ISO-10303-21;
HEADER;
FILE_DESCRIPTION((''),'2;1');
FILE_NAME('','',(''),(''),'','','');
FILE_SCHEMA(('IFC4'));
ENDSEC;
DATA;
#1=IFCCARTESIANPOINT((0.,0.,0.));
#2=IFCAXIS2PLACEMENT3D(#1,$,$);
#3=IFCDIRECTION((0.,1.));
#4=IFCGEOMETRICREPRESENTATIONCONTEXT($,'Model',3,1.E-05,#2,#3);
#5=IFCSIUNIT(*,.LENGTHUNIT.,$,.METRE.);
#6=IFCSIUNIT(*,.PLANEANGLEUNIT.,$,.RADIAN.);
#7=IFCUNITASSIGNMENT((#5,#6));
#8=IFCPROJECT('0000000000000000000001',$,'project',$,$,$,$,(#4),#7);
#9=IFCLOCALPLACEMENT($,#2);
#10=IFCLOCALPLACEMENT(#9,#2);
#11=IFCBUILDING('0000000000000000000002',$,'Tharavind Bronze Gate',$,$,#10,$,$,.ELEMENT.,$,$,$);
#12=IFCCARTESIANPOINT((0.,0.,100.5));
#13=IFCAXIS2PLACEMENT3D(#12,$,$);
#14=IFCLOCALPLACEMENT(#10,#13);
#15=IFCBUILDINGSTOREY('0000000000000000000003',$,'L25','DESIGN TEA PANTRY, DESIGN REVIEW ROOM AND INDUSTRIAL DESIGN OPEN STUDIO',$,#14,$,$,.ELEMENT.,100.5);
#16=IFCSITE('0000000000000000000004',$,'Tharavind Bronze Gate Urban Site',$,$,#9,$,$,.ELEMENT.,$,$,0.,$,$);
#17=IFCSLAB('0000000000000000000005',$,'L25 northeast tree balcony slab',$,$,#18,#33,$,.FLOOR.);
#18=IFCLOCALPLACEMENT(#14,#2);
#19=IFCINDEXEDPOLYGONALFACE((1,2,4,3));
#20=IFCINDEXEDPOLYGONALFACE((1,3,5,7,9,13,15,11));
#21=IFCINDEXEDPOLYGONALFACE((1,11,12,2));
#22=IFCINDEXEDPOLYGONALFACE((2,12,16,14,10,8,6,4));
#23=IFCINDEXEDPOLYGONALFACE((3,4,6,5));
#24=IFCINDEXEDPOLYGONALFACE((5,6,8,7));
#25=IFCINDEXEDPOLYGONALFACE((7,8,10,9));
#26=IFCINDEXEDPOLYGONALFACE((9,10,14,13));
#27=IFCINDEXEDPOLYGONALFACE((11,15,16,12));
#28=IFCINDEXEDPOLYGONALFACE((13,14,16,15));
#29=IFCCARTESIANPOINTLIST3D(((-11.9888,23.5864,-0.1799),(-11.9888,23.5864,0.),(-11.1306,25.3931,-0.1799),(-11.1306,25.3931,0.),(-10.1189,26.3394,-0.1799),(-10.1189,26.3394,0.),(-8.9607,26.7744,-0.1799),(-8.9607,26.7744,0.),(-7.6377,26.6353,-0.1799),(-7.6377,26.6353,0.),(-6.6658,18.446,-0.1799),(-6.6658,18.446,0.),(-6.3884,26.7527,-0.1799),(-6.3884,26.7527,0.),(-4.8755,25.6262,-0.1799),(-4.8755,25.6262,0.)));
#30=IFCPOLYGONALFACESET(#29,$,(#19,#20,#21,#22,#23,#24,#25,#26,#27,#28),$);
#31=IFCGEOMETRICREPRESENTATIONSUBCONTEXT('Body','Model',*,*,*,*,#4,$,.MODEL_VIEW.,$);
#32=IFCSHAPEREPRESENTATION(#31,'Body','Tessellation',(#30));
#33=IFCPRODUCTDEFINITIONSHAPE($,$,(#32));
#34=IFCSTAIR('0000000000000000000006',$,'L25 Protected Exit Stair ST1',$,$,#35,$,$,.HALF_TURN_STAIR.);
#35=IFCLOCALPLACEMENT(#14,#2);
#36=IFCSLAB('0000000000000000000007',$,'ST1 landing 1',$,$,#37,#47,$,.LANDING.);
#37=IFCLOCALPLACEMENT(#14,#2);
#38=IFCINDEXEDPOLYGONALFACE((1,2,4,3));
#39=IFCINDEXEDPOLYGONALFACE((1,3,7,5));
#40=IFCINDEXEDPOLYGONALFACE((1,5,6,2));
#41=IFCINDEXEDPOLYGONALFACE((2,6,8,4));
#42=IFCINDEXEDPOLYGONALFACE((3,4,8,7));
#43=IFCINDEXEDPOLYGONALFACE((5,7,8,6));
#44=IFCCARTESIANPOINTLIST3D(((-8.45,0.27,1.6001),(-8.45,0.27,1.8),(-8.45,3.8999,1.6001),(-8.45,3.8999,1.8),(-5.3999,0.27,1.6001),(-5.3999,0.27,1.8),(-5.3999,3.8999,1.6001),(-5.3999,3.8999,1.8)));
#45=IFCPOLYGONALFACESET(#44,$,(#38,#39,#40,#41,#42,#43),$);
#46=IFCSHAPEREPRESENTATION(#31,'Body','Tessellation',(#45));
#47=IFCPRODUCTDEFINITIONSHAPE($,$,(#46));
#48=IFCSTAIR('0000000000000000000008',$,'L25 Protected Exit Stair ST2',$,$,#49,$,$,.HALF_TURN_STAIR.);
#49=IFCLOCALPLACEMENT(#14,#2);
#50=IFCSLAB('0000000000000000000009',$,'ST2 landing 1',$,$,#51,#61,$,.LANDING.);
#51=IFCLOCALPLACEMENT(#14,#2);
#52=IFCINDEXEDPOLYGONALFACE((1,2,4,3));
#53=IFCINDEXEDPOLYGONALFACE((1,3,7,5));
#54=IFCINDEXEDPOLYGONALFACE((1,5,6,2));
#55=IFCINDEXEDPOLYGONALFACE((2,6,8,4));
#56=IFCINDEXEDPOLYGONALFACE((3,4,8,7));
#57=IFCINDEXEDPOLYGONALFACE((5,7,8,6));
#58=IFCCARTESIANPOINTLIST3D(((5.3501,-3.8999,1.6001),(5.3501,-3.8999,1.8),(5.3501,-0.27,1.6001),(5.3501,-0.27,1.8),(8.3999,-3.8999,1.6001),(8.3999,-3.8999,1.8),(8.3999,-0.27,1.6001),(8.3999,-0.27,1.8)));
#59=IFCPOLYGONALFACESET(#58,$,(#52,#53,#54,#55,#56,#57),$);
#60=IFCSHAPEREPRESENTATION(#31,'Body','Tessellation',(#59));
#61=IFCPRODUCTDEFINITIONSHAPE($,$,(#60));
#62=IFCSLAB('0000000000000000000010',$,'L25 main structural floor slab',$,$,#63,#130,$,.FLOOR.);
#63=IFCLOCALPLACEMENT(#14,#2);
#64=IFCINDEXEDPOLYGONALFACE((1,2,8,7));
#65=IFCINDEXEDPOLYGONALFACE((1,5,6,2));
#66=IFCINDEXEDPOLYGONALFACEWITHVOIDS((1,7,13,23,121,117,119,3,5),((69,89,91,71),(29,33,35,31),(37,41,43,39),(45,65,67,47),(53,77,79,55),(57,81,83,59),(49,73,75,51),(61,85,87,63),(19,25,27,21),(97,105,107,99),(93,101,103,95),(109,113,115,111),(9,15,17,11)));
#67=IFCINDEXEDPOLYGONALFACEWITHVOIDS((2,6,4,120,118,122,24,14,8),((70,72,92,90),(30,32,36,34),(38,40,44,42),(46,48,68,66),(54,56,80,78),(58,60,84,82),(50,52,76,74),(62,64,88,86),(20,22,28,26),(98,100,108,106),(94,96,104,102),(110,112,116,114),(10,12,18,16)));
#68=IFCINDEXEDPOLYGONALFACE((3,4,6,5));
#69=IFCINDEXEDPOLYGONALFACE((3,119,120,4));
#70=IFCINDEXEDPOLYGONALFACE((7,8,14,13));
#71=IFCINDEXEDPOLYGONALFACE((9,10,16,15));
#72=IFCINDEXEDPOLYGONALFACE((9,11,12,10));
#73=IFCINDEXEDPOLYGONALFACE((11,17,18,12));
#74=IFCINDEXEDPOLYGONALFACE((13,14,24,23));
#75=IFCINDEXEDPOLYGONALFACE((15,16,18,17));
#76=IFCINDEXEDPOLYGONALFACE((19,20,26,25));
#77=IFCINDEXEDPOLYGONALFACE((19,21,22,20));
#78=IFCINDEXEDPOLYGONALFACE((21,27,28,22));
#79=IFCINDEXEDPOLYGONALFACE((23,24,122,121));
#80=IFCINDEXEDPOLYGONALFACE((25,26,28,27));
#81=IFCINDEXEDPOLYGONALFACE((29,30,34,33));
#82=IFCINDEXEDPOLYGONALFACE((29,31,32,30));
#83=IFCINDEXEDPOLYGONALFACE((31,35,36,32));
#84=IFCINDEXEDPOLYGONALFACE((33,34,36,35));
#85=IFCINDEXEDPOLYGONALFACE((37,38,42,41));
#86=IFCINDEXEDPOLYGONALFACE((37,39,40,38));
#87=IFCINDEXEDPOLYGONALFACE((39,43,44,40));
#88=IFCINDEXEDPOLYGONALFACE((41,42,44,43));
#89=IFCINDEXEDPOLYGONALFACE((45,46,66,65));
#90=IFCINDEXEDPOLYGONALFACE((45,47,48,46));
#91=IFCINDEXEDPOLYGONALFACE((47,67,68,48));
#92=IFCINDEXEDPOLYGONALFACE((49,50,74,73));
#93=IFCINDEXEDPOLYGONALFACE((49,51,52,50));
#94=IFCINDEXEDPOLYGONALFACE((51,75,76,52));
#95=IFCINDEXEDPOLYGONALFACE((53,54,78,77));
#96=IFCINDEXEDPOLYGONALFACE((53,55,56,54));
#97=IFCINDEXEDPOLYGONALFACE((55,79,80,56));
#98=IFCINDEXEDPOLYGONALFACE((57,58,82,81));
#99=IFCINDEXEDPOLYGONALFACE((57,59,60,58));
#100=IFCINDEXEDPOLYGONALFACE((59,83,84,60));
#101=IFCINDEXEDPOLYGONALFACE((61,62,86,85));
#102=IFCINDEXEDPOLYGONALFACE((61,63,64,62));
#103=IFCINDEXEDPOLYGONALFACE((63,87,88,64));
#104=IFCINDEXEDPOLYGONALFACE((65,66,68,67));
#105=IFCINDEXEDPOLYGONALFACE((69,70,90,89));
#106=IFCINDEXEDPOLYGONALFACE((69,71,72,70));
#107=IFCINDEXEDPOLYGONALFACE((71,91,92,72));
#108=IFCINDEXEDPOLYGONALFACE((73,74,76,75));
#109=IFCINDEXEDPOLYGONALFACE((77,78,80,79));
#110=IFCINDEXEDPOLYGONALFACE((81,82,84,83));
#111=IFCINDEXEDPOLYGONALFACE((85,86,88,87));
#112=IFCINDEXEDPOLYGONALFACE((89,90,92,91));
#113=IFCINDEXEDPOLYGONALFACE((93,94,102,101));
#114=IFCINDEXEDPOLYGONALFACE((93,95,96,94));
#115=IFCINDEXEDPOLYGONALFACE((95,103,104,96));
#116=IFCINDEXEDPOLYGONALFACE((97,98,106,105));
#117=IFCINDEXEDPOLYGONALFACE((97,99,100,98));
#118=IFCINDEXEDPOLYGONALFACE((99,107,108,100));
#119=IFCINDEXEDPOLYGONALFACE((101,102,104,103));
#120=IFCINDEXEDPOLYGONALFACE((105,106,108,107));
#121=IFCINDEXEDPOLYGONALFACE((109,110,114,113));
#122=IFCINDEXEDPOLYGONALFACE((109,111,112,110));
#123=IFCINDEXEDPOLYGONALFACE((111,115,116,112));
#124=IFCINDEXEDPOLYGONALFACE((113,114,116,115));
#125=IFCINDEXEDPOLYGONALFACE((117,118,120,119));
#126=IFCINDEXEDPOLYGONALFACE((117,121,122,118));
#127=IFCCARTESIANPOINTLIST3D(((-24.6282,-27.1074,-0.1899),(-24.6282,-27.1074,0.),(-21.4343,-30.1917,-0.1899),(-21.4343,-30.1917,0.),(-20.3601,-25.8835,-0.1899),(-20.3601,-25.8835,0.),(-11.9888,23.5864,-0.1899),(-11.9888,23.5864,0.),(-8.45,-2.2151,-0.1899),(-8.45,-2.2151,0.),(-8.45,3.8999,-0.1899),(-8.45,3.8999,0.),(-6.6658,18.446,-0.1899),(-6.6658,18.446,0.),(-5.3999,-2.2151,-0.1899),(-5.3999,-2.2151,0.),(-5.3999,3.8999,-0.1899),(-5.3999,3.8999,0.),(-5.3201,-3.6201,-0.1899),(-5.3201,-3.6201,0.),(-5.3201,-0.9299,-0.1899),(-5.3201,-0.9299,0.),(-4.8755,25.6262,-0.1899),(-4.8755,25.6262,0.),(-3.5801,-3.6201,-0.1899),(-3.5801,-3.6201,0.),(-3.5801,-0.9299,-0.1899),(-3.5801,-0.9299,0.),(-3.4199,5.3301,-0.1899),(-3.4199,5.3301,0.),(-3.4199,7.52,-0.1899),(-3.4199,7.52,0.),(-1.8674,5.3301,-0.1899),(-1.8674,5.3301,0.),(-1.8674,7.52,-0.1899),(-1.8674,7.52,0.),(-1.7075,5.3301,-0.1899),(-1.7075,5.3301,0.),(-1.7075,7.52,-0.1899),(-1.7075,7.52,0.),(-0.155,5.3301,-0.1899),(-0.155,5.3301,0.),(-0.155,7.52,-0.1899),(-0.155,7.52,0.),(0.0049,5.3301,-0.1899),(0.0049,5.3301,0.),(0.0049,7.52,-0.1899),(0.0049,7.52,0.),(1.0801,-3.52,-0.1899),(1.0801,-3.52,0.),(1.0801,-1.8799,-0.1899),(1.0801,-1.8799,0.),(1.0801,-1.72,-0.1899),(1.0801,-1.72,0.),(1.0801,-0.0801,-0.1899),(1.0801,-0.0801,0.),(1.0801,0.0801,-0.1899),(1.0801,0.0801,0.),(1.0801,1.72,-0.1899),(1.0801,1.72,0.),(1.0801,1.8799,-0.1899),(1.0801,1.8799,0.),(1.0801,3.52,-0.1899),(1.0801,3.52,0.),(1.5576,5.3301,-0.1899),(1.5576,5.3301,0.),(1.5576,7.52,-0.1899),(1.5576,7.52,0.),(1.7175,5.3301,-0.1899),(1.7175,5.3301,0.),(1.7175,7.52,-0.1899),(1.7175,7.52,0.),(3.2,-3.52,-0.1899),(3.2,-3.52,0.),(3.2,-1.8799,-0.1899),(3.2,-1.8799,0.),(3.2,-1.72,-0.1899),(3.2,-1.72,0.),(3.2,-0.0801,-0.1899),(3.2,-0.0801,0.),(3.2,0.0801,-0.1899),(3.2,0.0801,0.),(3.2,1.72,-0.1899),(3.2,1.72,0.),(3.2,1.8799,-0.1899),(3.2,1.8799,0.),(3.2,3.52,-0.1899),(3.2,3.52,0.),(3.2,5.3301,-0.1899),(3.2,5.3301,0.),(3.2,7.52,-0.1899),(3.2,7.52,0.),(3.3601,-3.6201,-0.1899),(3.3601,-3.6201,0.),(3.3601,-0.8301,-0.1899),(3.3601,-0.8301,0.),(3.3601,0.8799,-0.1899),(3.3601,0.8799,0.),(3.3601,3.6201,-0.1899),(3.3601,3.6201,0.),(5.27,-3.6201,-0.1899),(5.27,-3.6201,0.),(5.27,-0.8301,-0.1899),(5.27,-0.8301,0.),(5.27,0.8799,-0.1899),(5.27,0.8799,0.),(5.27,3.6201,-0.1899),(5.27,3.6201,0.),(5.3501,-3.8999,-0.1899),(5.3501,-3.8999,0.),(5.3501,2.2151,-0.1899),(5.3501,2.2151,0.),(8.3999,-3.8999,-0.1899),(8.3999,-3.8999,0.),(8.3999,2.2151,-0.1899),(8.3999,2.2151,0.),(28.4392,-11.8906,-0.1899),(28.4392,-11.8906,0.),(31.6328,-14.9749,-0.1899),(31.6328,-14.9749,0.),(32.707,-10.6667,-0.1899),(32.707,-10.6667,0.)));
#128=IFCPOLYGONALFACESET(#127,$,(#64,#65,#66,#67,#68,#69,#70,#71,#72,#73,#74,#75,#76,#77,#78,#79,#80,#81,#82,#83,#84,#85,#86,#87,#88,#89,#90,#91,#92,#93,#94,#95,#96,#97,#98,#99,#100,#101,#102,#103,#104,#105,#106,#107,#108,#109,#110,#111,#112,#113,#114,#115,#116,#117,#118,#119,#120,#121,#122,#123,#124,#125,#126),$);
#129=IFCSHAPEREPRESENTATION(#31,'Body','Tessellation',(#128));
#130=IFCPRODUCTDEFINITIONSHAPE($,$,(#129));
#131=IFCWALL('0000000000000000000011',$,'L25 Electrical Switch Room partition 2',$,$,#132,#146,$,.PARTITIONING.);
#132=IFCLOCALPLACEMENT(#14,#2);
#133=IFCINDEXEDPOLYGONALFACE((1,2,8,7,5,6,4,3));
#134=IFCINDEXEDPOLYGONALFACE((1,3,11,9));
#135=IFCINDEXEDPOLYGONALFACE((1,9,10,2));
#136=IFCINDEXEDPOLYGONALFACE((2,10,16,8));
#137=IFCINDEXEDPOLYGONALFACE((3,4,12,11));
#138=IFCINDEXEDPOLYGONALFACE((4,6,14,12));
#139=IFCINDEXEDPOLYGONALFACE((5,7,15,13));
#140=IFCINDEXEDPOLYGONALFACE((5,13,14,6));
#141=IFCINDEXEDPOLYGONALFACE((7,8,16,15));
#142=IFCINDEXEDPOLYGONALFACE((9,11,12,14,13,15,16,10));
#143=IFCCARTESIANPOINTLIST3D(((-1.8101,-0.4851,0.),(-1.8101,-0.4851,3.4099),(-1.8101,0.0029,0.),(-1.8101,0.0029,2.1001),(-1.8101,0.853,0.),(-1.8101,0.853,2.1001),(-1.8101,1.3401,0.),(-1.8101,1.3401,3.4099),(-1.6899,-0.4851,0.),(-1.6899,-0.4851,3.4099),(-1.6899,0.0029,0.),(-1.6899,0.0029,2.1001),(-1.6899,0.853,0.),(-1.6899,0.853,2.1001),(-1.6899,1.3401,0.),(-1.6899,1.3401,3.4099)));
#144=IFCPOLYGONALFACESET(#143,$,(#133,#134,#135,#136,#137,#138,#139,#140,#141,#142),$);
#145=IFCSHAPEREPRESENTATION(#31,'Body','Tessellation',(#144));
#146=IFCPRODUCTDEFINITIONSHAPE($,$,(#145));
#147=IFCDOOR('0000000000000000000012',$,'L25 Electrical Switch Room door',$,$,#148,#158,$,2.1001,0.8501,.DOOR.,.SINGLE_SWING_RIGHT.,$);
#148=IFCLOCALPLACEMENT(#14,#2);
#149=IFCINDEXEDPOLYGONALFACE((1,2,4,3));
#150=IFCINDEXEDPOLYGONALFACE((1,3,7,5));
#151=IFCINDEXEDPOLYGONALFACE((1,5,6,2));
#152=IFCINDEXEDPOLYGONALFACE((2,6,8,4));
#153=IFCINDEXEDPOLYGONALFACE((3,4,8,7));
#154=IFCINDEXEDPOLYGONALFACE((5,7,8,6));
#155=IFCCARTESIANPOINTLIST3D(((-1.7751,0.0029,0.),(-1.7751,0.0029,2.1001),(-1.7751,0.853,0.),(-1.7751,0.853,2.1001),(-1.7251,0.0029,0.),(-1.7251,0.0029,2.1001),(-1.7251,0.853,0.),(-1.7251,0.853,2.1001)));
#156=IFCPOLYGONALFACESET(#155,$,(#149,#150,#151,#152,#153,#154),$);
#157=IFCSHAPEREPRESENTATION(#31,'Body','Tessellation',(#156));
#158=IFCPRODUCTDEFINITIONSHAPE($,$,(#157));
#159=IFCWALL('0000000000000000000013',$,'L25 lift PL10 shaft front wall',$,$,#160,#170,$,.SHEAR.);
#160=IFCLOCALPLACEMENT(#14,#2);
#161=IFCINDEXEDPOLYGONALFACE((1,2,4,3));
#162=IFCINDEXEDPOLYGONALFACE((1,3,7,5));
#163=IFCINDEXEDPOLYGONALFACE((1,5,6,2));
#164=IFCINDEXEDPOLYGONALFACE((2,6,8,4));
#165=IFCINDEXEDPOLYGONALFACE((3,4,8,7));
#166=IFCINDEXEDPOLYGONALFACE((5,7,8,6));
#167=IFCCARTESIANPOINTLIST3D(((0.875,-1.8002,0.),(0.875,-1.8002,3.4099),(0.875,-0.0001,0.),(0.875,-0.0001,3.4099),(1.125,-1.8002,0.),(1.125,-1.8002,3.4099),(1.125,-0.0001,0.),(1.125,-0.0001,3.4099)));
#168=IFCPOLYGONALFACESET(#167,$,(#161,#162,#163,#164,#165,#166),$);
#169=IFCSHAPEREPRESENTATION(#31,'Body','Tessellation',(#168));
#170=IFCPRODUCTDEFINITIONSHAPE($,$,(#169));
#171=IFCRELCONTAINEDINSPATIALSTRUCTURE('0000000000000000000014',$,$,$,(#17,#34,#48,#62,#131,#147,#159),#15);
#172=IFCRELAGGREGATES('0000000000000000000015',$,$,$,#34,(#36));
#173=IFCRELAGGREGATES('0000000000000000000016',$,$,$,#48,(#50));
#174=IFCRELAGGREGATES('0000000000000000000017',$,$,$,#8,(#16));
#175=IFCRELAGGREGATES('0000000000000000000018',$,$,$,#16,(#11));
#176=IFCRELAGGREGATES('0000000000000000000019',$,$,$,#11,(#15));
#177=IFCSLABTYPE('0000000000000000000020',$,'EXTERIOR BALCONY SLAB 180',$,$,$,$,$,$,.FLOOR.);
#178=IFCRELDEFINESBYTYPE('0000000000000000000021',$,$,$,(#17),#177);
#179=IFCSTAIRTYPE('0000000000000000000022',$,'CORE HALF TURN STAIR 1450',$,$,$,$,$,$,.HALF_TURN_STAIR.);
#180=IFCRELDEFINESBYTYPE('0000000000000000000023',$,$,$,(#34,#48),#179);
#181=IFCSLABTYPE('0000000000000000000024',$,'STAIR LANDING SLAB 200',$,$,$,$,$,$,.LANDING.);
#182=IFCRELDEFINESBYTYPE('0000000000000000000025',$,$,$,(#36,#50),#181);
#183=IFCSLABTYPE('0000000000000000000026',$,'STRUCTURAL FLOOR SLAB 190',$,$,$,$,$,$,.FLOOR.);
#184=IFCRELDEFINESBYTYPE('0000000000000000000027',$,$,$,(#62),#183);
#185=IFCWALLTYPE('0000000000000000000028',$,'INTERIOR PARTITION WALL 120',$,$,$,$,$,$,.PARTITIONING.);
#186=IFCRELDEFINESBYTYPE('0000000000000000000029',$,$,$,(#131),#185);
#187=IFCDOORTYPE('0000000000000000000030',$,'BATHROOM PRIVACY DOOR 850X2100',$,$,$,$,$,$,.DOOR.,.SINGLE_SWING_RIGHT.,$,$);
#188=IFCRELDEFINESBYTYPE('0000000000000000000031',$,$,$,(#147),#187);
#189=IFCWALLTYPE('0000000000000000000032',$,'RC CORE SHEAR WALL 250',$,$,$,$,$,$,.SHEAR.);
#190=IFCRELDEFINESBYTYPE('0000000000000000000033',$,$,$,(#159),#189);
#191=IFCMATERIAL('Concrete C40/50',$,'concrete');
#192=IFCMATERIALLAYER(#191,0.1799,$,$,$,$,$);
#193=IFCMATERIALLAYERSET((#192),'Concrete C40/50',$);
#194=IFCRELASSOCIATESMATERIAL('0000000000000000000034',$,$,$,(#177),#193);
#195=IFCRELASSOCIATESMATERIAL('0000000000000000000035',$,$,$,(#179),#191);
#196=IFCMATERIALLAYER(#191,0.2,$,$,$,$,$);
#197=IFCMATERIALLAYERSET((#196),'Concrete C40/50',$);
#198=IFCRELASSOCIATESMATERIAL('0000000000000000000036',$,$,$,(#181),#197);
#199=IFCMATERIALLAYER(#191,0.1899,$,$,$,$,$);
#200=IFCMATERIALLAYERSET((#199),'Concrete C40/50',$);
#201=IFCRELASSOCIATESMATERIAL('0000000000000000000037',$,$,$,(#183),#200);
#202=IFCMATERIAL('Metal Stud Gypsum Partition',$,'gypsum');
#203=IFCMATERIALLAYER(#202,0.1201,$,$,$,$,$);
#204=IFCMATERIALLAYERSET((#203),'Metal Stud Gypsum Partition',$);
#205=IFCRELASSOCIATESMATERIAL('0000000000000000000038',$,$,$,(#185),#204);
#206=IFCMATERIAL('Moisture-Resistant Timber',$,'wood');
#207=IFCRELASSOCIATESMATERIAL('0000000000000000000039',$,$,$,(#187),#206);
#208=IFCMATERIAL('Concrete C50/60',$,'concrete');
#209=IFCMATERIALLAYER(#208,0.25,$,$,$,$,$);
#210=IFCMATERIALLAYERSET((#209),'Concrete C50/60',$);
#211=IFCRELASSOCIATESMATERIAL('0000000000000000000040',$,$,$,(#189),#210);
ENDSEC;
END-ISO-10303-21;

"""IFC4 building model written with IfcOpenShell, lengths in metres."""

from ifc_helpers import new_model, si_unit, direction, frame, frame_2d, origin, place, context, subcontext, project, spatial, polyline, rectangle, outline, extrude, material, layer, layer_set, type_object, element, fill, aggregate, save


model = new_model("IFC4")

# Units and contexts
model_context = context("Model", 3, precision=1e-05, world=origin(), true_north=direction((0.0, 1.0)))
body_context = subcontext(model_context, "Body", "Model", "MODEL_VIEW")
ifc_project = project(units=[si_unit("LENGTHUNIT", "METRE"), si_unit("PLANEANGLEUNIT", "RADIAN")], contexts=[model_context])

# Site, building, storey
site_placement = place(None, origin())
site = spatial("IfcSite", under=ifc_project, at=site_placement, Name="Tharavind Bronze Gate Urban Site", CompositionType="ELEMENT", RefElevation=0.0)
building_placement = place(site_placement, origin())
building = spatial("IfcBuilding", under=site, at=building_placement, Name="Tharavind Bronze Gate", CompositionType="ELEMENT")
storey_placement = place(building_placement, frame((0.0, 0.0, 100.5)))
storey = spatial("IfcBuildingStorey", under=building, at=storey_placement, Name="L25", Description="DESIGN TEA PANTRY, DESIGN REVIEW ROOM AND INDUSTRIAL DESIGN OPEN STUDIO", CompositionType="ELEMENT", Elevation=100.5)

# Slab
ifc_material_1 = material(Name="Concrete C40/50", Category="concrete")
ifc_layer_1 = layer(ifc_material_1, 0.1799)
ifc_layer_set_1 = layer_set([ifc_layer_1], Name="Concrete C40/50")
slab_type_1 = type_object("IfcSlabType", Name="EXTERIOR BALCONY SLAB 180", PredefinedType="FLOOR", material=ifc_layer_set_1)
slab_1_placement = place(storey_placement, frame((0.0, 0.0, -0.1799)))
element("IfcSlab", 1, at=slab_1_placement, inside=storey, type_object=slab_type_1, Name="L25 northeast tree balcony slab", PredefinedType="FLOOR", context=body_context, shape_type="SweptSolid", body=[
    extrude(outline(polyline([(-6.3884, 26.7527), (-7.6377, 26.6353), (-8.9607, 26.7744), (-10.1189, 26.3394), (-11.1306, 25.3931), (-11.9888, 23.5864), (-6.6658, 18.446), (-4.8755, 25.6262), (-6.3884, 26.7527)])), origin(), (0.0, 0.0, 1.0), 0.1799),
])

# Stairs, slabs
stair_type = type_object("IfcStairType", Name="CORE HALF TURN STAIR 1450", PredefinedType="HALF_TURN_STAIR", material=ifc_material_1)
stair_1_placement = place(storey_placement, origin())
stair_1 = element("IfcStair", 2, at=stair_1_placement, inside=storey, type_object=stair_type, Name="L25 Protected Exit Stair ST1", PredefinedType="HALF_TURN_STAIR")
ifc_layer_2 = layer(ifc_material_1, 0.2)
ifc_layer_set_2 = layer_set([ifc_layer_2], Name="Concrete C40/50")
slab_type_2 = type_object("IfcSlabType", Name="STAIR LANDING SLAB 200", PredefinedType="LANDING", material=ifc_layer_set_2)
slab_2_placement = place(storey_placement, frame((0.0, 0.0, 1.6001)))
slab_2 = element("IfcSlab", 3, at=slab_2_placement, type_object=slab_type_2, Name="ST1 landing 1", PredefinedType="LANDING", context=body_context, shape_type="SweptSolid", body=[
    extrude(outline(polyline([(-5.3999, 0.27), (-5.3999, 3.8999), (-8.45, 3.8999), (-8.45, 0.27), (-5.3999, 0.27)])), origin(), (0.0, 0.0, 1.0), 0.2),
])
aggregate(stair_1, [slab_2])
stair_2_placement = place(storey_placement, origin())
stair_2 = element("IfcStair", 4, at=stair_2_placement, inside=storey, type_object=stair_type, Name="L25 Protected Exit Stair ST2", PredefinedType="HALF_TURN_STAIR")
slab_3_placement = place(storey_placement, frame((0.0, 0.0, 1.6001)))
slab_3 = element("IfcSlab", 5, at=slab_3_placement, type_object=slab_type_2, Name="ST2 landing 1", PredefinedType="LANDING", context=body_context, shape_type="SweptSolid", body=[
    extrude(outline(polyline([(5.3501, -0.27), (5.3501, -3.8999), (8.3999, -3.8999), (8.3999, -0.27), (5.3501, -0.27)])), origin(), (0.0, 0.0, 1.0), 0.2),
])
aggregate(stair_2, [slab_3])

# Slab
ifc_layer_3 = layer(ifc_material_1, 0.1899)
ifc_layer_set_3 = layer_set([ifc_layer_3], Name="Concrete C40/50")
slab_type_3 = type_object("IfcSlabType", Name="STRUCTURAL FLOOR SLAB 190", PredefinedType="FLOOR", material=ifc_layer_set_3)
slab_4_placement = place(storey_placement, frame((0.0, 0.0, -0.1899)))
element("IfcSlab", 6, at=slab_4_placement, inside=storey, type_object=slab_type_3, Name="L25 main structural floor slab", PredefinedType="FLOOR", context=body_context, shape_type="SweptSolid", body=[
    extrude(outline(polyline([(-4.8755, 25.6262), (-6.6658, 18.446), (-11.9888, 23.5864), (-24.6282, -27.1074), (-20.3601, -25.8835), (-21.4343, -30.1917), (31.6328, -14.9749), (28.4392, -11.8906), (32.707, -10.6667), (-4.8755, 25.6262)]), holes=[polyline([(-5.3999, -2.2151), (-5.3999, 3.8999), (-8.45, 3.8999), (-8.45, -2.2151), (-5.3999, -2.2151)]), polyline([(5.3501, 2.2151), (5.3501, -3.8999), (8.3999, -3.8999), (8.3999, 2.2151), (5.3501, 2.2151)]), polyline([(-3.4199, 5.3301), (-1.8674, 5.3301), (-1.8674, 7.52), (-3.4199, 7.52), (-3.4199, 5.3301)]), polyline([(-1.7075, 5.3301), (-0.155, 5.3301), (-0.155, 7.52), (-1.7075, 7.52), (-1.7075, 5.3301)]), polyline([(0.0049, 5.3301), (1.5576, 5.3301), (1.5576, 7.52), (0.0049, 7.52), (0.0049, 5.3301)]), polyline([(1.7175, 5.3301), (3.2, 5.3301), (3.2, 7.52), (1.7175, 7.52), (1.7175, 5.3301)]), polyline([(1.0801, -3.52), (3.2, -3.52), (3.2, -1.8799), (1.0801, -1.8799), (1.0801, -3.52)]), polyline([(1.0801, -1.72), (3.2, -1.72), (3.2, -0.0801), (1.0801, -0.0801), (1.0801, -1.72)]), polyline([(1.0801, 0.0801), (3.2, 0.0801), (3.2, 1.72), (1.0801, 1.72), (1.0801, 0.0801)]), polyline([(1.0801, 1.8799), (3.2, 1.8799), (3.2, 3.52), (1.0801, 3.52), (1.0801, 1.8799)]), polyline([(-5.3201, -3.6201), (-3.5801, -3.6201), (-3.5801, -0.9299), (-5.3201, -0.9299), (-5.3201, -3.6201)]), polyline([(3.3601, 0.8799), (5.27, 0.8799), (5.27, 3.6201), (3.3601, 3.6201), (3.3601, 0.8799)]), polyline([(3.3601, -3.6201), (5.27, -3.6201), (5.27, -0.8301), (3.3601, -0.8301), (3.3601, -3.6201)])]), origin(), (0.0, 0.0, 1.0), 0.1899),
])

# Wall, opening, door
ifc_material_2 = material(Name="Metal Stud Gypsum Partition", Category="gypsum")
ifc_layer_4 = layer(ifc_material_2, 0.1201)
ifc_layer_set_4 = layer_set([ifc_layer_4], Name="Metal Stud Gypsum Partition")
wall_type_1 = type_object("IfcWallType", Name="INTERIOR PARTITION WALL 120", PredefinedType="PARTITIONING", material=ifc_layer_set_4)
wall_1_placement = place(storey_placement, frame((-1.75, -0.4851, 0.0), z_axis=(0.0, 0.0, 1.0), x_axis=(0.0, 1.0, 0.0)))
wall_1 = element("IfcWall", 7, at=wall_1_placement, inside=storey, type_object=wall_type_1, Name="L25 Electrical Switch Room partition 2", PredefinedType="PARTITIONING", context=body_context, shape_type="SweptSolid", body=[
    extrude(rectangle(XDim=1.8252, YDim=0.1201, at=frame_2d((0.9126, 0.0))), origin(), (0.0, 0.0, 1.0), 3.4099),
])
opening_placement = place(wall_1_placement, frame((0.488, 0.0, 0.0)))
opening = element("IfcOpeningElement", 8, at=opening_placement, cuts=wall_1, PredefinedType="OPENING", context=body_context, shape_type="SweptSolid", body=[
    extrude(rectangle(XDim=0.8501, YDim=2.1001, at=frame_2d((0.425, 1.05))), frame((0.0, 0.0701, 0.0), z_axis=(0.0, -1.0, 0.0), x_axis=(1.0, 0.0, 0.0)), (0.0, 0.0, 1.0), 0.1401),
])
ifc_material_3 = material(Name="Moisture-Resistant Timber", Category="wood")
door_type = type_object("IfcDoorType", Name="BATHROOM PRIVACY DOOR 850X2100", OperationType="SINGLE_SWING_RIGHT", PredefinedType="DOOR", material=ifc_material_3)
door_placement = place(opening_placement, frame((0.8501, 0.0, 0.0), z_axis=(0.0, 0.0, 1.0), x_axis=(-1.0, 0.0, 0.0)))
door = element("IfcDoor", 9, at=door_placement, inside=storey, type_object=door_type, Name="L25 Electrical Switch Room door", OperationType="SINGLE_SWING_RIGHT", OverallHeight=2.1001, OverallWidth=0.8501, PredefinedType="DOOR", context=body_context, shape_type="SweptSolid", body=[
    extrude(rectangle(XDim=0.8501, YDim=2.1001, at=frame_2d((0.425, 1.05))), frame((0.0, 0.0249, 0.0), z_axis=(0.0, -1.0, 0.0), x_axis=(1.0, 0.0, 0.0)), (0.0, 0.0, 1.0), 0.05),
])
fill(opening, door)

# Wall
ifc_material_4 = material(Name="Concrete C50/60", Category="concrete")
ifc_layer_5 = layer(ifc_material_4, 0.25)
ifc_layer_set_5 = layer_set([ifc_layer_5], Name="Concrete C50/60")
wall_type_2 = type_object("IfcWallType", Name="RC CORE SHEAR WALL 250", PredefinedType="SHEAR", material=ifc_layer_set_5)
for number, where, z_axis, x_axis, name in (
    (10, (1.0, -1.8, 0.0), (0.0, 0.0, 1.0), (0.0, 1.0, 0.0), "L25 lift PL10 shaft front wall"),
):
    element("IfcWall", number, at=place(storey_placement, frame(where, z_axis=z_axis, x_axis=x_axis)), inside=storey, type_object=wall_type_2, Name=name, PredefinedType="SHEAR", context=body_context, shape_type="SweptSolid", body=[
        extrude(rectangle(XDim=1.8, YDim=0.25, at=frame_2d((0.8999, 0.0))), origin(), (0.0, 0.0, 1.0), 3.4099),
    ])

save(model, "model.ifc")
